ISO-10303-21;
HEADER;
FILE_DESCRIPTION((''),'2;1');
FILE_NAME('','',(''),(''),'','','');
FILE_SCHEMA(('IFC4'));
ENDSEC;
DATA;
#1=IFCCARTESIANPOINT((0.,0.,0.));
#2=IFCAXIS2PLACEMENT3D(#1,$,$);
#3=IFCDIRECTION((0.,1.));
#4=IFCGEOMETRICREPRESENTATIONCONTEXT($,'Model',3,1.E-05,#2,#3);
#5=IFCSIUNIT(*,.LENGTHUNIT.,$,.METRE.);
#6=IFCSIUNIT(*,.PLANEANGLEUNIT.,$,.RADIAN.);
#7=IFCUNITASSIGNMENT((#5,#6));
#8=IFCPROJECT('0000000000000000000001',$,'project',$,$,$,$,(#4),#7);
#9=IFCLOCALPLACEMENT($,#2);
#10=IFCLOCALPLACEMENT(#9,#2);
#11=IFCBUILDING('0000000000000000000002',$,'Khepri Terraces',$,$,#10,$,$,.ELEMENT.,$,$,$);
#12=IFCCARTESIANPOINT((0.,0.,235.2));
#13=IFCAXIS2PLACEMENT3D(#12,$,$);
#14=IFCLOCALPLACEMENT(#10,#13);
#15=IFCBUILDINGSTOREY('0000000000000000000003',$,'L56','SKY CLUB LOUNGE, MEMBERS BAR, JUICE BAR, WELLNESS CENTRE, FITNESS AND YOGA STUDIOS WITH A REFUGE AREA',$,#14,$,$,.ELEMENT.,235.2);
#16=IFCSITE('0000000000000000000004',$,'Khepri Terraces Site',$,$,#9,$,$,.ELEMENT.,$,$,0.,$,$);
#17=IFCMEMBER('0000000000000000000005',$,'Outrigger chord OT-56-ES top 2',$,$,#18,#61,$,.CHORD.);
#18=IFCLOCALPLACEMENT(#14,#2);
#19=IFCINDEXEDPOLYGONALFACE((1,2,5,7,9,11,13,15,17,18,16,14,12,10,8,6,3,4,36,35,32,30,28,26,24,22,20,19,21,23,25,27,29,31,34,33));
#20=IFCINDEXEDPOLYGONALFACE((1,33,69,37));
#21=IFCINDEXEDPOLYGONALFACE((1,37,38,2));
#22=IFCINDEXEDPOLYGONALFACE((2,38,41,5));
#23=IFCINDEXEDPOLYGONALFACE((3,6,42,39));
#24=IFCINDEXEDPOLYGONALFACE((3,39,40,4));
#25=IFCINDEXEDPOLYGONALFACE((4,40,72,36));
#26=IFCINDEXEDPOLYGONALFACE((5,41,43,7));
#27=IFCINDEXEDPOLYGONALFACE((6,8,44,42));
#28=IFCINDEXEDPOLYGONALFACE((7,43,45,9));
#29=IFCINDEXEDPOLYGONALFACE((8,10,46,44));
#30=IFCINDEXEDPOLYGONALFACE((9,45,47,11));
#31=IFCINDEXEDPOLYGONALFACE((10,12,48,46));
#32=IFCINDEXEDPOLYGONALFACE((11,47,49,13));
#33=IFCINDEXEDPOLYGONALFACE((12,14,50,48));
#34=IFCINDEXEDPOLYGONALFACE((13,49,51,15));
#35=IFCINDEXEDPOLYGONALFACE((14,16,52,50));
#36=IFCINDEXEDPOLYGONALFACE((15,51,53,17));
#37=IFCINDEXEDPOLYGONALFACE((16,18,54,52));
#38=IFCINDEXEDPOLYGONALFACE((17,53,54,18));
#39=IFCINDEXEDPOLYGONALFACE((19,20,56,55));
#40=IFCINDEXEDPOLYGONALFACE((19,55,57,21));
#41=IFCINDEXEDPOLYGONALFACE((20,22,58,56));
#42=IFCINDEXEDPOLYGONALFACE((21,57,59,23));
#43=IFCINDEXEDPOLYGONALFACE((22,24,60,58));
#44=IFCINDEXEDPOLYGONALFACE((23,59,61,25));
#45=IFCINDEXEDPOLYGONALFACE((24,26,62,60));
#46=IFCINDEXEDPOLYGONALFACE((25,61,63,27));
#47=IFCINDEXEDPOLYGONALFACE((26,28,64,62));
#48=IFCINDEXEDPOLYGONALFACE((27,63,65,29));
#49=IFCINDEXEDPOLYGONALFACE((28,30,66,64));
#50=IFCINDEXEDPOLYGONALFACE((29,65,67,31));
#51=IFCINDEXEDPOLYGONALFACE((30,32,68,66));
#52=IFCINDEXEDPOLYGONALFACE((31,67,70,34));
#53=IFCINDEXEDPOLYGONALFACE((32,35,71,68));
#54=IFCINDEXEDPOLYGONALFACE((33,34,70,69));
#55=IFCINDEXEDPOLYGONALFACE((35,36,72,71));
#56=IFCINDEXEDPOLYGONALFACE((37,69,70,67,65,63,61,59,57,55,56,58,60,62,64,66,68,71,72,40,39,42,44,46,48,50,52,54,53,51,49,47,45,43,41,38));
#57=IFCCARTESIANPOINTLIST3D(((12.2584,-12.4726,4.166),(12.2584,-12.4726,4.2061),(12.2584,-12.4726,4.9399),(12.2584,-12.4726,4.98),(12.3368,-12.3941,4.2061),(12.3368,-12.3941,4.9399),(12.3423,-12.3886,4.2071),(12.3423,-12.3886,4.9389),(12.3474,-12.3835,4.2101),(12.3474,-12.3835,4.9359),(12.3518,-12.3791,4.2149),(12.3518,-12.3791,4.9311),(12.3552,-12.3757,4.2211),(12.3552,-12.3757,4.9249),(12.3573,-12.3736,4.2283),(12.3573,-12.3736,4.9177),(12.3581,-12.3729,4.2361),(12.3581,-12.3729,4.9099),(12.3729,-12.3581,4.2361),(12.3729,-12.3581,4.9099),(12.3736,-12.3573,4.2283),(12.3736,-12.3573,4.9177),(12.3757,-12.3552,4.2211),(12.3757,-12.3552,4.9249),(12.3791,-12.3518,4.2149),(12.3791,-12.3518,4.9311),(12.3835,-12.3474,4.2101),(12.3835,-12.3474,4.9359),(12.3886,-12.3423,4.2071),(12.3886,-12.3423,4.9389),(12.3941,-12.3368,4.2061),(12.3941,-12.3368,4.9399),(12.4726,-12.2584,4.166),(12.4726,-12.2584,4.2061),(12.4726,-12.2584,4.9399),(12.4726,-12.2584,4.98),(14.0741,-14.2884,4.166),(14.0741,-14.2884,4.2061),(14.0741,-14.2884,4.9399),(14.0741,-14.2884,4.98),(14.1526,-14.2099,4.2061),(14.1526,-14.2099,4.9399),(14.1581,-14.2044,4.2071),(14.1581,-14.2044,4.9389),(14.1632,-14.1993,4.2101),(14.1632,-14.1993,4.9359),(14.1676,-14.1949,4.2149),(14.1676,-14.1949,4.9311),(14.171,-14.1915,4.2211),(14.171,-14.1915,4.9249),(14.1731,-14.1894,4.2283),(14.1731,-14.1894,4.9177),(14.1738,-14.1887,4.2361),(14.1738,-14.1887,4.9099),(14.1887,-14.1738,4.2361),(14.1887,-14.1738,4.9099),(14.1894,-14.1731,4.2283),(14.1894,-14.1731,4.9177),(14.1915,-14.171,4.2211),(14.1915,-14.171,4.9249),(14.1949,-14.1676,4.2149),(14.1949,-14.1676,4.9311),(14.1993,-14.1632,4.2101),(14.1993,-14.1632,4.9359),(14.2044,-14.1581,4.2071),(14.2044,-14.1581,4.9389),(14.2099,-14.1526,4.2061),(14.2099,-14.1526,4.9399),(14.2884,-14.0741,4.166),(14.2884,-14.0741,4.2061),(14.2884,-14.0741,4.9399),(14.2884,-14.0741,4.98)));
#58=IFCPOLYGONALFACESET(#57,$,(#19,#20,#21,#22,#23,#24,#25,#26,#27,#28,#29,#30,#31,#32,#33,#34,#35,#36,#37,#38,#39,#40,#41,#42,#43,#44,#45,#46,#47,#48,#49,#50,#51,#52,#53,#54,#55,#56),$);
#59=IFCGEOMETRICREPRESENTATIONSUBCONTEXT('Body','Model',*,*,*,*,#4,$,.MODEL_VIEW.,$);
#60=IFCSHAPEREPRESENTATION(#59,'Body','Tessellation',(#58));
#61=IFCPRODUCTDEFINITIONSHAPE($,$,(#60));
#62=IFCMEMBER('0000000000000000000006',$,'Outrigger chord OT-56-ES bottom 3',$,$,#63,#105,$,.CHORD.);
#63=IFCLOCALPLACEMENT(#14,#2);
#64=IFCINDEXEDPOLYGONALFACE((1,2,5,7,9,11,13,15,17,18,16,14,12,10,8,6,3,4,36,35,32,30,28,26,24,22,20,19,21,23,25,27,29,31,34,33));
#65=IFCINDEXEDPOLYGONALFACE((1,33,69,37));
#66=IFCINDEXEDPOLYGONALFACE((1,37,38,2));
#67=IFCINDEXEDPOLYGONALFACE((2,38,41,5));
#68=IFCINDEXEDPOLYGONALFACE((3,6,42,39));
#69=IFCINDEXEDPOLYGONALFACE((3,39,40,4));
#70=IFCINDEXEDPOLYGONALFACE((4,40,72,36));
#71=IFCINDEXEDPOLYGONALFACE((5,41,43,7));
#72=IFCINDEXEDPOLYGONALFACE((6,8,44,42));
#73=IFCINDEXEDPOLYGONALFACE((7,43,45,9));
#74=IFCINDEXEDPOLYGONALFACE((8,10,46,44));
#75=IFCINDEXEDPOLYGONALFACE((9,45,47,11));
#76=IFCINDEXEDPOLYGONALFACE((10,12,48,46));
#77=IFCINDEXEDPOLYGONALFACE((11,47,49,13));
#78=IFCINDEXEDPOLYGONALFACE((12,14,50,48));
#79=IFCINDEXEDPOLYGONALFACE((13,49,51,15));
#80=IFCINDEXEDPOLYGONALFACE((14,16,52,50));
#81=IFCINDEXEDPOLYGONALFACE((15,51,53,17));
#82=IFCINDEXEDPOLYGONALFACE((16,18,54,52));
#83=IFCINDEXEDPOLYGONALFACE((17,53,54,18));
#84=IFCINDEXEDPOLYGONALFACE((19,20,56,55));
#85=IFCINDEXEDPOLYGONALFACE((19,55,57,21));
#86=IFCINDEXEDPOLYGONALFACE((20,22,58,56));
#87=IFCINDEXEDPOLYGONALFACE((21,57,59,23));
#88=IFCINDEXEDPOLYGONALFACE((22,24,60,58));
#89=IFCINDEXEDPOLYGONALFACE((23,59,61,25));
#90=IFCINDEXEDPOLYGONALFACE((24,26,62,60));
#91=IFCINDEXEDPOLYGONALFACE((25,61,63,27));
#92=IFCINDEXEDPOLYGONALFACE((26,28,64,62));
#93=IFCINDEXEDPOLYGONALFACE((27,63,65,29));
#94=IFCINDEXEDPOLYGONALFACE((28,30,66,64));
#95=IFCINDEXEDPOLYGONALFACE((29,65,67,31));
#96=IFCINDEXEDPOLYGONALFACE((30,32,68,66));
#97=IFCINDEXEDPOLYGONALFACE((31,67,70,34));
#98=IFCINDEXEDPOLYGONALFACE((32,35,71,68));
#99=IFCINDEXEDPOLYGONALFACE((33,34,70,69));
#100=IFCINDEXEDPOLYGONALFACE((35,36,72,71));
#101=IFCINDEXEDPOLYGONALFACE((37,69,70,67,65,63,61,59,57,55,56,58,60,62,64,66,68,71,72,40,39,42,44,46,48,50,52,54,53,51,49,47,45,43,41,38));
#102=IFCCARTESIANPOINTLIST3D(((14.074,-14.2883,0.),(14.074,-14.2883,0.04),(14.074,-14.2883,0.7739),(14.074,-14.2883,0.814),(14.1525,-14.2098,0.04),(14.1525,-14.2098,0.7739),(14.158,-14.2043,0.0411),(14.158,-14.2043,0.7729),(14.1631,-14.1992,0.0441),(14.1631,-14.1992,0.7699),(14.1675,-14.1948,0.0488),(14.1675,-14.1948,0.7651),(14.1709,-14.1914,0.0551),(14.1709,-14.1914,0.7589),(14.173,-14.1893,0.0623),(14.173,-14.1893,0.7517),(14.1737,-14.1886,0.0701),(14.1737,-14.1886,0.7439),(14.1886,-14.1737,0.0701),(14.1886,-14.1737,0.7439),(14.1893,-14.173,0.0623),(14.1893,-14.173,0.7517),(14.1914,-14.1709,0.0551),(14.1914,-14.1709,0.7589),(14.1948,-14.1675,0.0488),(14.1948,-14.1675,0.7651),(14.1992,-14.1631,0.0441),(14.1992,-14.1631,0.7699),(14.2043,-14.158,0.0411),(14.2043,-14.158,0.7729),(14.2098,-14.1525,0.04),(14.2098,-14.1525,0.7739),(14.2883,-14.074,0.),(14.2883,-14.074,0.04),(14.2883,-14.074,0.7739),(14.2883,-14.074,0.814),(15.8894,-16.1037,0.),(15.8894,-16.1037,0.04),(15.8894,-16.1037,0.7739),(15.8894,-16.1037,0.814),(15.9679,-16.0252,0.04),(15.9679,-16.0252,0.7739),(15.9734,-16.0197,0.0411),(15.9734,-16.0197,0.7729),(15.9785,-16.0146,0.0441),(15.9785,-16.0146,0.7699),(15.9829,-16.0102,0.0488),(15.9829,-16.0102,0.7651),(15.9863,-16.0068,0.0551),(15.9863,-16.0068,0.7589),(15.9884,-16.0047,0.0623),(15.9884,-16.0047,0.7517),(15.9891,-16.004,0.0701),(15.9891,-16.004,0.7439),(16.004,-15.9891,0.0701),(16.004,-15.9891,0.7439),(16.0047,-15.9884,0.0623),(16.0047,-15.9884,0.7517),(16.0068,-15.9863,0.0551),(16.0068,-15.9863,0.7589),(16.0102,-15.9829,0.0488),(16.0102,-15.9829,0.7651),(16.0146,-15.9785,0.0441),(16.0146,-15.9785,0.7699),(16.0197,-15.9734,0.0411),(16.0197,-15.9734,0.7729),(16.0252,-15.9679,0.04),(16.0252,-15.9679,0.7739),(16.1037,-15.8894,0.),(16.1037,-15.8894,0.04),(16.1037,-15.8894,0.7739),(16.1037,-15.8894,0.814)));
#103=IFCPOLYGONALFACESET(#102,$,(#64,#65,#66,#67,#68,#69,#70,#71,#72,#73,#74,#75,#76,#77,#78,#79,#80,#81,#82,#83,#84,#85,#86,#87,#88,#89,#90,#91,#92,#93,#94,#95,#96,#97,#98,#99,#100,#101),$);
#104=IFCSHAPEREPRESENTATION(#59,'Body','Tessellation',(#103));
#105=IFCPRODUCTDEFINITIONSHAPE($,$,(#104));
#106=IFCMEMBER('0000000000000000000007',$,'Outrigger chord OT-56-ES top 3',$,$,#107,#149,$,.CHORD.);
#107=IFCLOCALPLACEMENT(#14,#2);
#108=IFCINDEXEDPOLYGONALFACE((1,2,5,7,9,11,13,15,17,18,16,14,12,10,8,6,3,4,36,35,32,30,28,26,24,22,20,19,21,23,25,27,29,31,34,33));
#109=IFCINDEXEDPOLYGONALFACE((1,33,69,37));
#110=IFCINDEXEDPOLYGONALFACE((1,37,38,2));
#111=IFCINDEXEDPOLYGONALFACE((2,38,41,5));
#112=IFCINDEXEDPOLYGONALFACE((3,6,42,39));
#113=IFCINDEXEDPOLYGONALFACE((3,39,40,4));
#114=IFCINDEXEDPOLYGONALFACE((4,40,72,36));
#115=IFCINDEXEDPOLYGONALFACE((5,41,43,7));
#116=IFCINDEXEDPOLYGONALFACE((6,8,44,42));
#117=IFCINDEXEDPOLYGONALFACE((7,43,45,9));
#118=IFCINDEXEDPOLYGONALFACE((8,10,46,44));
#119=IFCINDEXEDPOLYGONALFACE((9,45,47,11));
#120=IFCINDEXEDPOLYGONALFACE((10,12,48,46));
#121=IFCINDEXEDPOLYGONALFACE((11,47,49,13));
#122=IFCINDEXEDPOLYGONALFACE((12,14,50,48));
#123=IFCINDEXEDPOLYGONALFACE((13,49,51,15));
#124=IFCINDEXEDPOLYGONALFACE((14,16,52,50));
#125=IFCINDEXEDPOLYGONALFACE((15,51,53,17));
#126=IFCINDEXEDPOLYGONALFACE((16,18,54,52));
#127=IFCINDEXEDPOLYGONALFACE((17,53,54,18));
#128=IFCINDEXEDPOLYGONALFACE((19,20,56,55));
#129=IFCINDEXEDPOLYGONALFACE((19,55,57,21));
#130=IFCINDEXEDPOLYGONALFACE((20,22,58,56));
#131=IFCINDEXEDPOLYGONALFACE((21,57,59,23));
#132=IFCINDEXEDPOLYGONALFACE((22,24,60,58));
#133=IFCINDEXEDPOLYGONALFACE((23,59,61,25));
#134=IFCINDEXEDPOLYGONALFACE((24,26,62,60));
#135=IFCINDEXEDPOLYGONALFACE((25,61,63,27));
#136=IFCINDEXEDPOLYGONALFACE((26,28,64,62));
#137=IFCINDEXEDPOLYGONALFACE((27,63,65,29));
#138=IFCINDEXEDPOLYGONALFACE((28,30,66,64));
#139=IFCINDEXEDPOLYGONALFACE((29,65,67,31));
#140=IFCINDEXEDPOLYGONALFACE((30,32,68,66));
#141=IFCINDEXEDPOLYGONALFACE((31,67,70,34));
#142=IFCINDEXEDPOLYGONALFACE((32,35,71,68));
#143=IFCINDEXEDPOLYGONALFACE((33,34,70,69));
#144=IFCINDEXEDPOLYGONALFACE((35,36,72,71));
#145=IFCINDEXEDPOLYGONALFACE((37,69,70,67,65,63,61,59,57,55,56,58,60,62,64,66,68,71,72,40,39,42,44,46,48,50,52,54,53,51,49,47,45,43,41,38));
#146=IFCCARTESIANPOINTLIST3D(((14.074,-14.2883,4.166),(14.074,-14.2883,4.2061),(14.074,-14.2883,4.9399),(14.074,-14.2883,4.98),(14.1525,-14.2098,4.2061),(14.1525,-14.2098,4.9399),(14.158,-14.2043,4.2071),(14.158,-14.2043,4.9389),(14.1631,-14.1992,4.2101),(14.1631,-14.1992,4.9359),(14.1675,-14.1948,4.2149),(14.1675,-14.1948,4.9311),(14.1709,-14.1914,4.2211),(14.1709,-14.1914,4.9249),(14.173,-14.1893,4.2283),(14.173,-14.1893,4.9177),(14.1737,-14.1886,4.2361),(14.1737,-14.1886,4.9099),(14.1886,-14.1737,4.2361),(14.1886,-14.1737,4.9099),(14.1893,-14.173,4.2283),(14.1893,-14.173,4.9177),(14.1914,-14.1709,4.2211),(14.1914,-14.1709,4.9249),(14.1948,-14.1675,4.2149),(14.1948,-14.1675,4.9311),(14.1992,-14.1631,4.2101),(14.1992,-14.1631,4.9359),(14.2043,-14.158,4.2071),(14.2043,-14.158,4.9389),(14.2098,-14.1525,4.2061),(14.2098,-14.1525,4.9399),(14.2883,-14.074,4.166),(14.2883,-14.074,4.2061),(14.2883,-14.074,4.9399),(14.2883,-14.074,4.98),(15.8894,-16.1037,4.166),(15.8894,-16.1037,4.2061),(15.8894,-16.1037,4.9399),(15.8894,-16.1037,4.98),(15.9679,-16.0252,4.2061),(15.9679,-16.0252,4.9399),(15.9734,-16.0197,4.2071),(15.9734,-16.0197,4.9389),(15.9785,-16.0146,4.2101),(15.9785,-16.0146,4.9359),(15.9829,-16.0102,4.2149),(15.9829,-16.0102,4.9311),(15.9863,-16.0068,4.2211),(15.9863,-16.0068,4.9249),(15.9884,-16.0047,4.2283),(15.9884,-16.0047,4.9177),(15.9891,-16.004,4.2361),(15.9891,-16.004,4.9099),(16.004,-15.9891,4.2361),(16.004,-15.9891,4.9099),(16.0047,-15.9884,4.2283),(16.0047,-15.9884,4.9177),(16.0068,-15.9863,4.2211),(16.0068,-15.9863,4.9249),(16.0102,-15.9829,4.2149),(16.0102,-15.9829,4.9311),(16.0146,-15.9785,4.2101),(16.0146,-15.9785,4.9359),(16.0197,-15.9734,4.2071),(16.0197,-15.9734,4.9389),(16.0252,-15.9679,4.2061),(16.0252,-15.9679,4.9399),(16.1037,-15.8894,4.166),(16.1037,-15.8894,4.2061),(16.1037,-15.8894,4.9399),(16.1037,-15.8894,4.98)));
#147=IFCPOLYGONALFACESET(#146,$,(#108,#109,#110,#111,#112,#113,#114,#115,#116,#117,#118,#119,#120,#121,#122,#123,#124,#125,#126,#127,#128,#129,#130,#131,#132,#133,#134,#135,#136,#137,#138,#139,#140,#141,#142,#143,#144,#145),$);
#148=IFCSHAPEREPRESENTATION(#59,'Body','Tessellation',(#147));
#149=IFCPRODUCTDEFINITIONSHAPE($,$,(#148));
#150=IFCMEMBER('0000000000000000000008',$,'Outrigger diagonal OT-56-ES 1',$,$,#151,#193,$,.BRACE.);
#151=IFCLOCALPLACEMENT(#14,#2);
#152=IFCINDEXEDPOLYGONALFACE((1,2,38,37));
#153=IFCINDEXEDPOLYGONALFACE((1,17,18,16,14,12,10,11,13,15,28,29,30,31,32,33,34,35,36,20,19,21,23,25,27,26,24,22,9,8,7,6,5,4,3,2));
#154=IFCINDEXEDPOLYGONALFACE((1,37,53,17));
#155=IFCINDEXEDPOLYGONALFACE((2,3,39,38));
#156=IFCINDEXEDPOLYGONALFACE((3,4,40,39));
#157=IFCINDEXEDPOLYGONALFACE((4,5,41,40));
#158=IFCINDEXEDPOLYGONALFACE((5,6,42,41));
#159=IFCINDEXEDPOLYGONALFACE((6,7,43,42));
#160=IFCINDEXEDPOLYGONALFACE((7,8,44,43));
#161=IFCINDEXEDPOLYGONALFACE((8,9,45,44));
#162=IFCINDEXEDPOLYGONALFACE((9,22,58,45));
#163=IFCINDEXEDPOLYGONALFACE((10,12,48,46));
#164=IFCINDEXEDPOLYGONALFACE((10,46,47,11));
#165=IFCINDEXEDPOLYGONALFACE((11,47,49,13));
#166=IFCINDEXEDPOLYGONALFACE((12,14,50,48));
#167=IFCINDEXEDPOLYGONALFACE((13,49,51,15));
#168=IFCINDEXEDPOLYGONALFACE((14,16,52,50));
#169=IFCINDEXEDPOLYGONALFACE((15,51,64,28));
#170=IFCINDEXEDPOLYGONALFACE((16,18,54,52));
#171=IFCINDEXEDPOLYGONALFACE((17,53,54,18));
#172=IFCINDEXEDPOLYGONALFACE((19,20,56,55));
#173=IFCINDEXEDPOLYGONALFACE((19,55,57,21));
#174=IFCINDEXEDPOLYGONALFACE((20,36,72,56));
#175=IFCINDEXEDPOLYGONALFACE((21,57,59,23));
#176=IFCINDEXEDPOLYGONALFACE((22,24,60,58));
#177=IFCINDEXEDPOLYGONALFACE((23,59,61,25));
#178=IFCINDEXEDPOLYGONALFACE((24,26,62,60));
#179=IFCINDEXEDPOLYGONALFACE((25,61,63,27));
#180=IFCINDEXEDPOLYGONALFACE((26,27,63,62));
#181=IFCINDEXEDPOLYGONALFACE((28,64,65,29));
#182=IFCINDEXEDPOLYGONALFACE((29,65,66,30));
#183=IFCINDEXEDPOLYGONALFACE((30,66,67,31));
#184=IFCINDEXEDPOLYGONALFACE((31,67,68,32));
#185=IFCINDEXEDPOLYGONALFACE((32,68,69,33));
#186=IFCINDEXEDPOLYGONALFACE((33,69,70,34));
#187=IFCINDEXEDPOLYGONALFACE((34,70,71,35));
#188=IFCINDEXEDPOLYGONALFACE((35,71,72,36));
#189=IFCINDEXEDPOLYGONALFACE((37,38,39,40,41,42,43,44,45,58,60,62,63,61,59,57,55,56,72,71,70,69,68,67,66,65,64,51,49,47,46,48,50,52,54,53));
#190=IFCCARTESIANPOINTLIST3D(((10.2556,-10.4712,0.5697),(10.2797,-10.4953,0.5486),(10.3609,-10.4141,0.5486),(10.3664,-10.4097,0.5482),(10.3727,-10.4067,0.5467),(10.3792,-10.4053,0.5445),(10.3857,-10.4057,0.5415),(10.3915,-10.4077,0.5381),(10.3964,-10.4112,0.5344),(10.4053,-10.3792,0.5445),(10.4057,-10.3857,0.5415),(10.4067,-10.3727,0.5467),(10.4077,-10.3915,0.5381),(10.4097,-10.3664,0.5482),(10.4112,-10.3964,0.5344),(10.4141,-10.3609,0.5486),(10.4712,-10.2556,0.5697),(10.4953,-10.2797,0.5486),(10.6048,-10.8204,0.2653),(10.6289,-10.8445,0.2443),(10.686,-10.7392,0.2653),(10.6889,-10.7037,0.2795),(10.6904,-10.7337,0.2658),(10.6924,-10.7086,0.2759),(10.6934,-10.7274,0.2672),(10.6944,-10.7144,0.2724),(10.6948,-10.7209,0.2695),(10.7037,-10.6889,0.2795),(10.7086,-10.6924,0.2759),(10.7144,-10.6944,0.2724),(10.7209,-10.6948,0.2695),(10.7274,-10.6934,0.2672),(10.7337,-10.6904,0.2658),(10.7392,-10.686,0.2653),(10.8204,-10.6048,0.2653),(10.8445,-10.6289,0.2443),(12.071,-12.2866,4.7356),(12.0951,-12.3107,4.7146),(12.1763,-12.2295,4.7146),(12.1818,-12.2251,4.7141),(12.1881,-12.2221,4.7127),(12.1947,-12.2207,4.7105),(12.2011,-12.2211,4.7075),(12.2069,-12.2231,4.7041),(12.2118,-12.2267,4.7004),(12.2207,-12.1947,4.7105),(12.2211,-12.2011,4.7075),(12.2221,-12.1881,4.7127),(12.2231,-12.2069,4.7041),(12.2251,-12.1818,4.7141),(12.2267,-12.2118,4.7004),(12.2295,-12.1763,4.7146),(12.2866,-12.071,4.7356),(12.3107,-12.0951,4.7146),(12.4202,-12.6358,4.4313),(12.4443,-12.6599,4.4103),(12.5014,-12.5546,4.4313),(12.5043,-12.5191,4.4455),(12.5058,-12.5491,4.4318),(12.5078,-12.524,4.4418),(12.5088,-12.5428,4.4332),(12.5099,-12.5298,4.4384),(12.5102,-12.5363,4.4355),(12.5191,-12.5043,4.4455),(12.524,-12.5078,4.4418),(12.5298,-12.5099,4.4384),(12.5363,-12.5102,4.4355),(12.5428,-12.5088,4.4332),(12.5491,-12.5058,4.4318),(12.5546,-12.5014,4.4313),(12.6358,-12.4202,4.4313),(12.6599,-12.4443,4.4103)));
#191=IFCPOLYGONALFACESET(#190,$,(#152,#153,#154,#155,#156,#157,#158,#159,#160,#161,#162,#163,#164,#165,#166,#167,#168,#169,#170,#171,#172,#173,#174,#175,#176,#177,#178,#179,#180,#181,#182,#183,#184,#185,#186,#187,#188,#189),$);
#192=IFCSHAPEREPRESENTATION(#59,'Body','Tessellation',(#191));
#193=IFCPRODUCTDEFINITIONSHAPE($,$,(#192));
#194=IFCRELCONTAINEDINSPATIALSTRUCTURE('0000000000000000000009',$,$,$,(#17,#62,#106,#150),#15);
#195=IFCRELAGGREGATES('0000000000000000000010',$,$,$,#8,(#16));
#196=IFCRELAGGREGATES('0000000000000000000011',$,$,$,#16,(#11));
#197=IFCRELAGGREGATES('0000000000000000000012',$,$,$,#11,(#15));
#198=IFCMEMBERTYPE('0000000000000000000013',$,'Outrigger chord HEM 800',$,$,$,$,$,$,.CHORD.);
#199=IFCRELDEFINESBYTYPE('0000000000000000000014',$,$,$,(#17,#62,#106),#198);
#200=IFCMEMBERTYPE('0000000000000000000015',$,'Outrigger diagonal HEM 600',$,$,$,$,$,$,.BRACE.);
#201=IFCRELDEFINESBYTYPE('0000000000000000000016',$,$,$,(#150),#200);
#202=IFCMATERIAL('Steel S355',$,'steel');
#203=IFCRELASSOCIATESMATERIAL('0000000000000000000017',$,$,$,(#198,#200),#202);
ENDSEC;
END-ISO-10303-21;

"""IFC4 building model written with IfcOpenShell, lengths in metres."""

from ifc_helpers import new_model, si_unit, direction, frame, origin, origin_2d, place, context, subcontext, project, spatial, i_section, extrude, material, material_profile, profile_set, type_object, element, save


model = new_model("IFC4")

# Units and contexts
model_context = context("Model", 3, precision=1e-05, world=origin(), true_north=direction((0.0, 1.0)))
body_context = subcontext(model_context, "Body", "Model", "MODEL_VIEW")
ifc_project = project(units=[si_unit("LENGTHUNIT", "METRE"), si_unit("PLANEANGLEUNIT", "RADIAN")], contexts=[model_context])

# Site, building, storey
site_placement = place(None, origin())
site = spatial("IfcSite", under=ifc_project, at=site_placement, Name="Khepri Terraces Site", CompositionType="ELEMENT", RefElevation=0.0)
building_placement = place(site_placement, origin())
building = spatial("IfcBuilding", under=site, at=building_placement, Name="Khepri Terraces", CompositionType="ELEMENT")
storey_placement = place(building_placement, frame((0.0, 0.0, 235.2)))
storey = spatial("IfcBuildingStorey", under=building, at=storey_placement, Name="L56", Description="SKY CLUB LOUNGE, MEMBERS BAR, JUICE BAR, WELLNESS CENTRE, FITNESS AND YOGA STUDIOS WITH A REFUGE AREA", CompositionType="ELEMENT", Elevation=235.2)

# Members
ifc_material_1 = material(Name="Steel S355", Category="steel")
ifc_material_profile_1 = material_profile(ifc_material_1, i_section(OverallWidth=0.303, OverallDepth=0.814, WebThickness=0.021, FlangeThickness=0.04, FilletRadius=0.03, at=origin_2d()), Name="Steel S355", Category="steel")
ifc_profile_set_1 = profile_set([ifc_material_profile_1], Name="Steel S355")
member_type_1 = type_object("IfcMemberType", Name="Outrigger chord HEM 800", PredefinedType="CHORD", material=ifc_profile_set_1)
for number, where, z_axis, x_axis, name in (
    (1, (12.3655, -12.3655, 4.573), (0.707107, -0.707107, 0.0), (0.707107, 0.707107, 0.0), "Outrigger chord OT-56-ES top 2"),
):
    element("IfcMember", number, at=place(storey_placement, frame(where, z_axis=z_axis, x_axis=x_axis)), inside=storey, type_object=member_type_1, Name=name, PredefinedType="CHORD", context=body_context, shape_type="SweptSolid", body=[
        extrude(i_section(OverallWidth=0.303, OverallDepth=0.814, WebThickness=0.021, FlangeThickness=0.04, FilletRadius=0.03, at=origin_2d()), origin(), (0.0, 0.0, 1.0), 2.5679),
    ])
for number, where, z_axis, x_axis, name in (
    (2, (14.1812, -14.1812, 0.407), (0.707107, -0.707107, 0.0), (0.707107, 0.707107, 0.0), "Outrigger chord OT-56-ES bottom 3"),
    (3, (14.1812, -14.1812, 4.573), (0.707107, -0.707107, 0.0), (0.707107, 0.707107, 0.0), "Outrigger chord OT-56-ES top 3"),
):
    element("IfcMember", number, at=place(storey_placement, frame(where, z_axis=z_axis, x_axis=x_axis)), inside=storey, type_object=member_type_1, Name=name, PredefinedType="CHORD", context=body_context, shape_type="SweptSolid", body=[
        extrude(i_section(OverallWidth=0.303, OverallDepth=0.814, WebThickness=0.021, FlangeThickness=0.04, FilletRadius=0.03, at=origin_2d()), origin(), (0.0, 0.0, 1.0), 2.5674),
    ])
ifc_material_profile_2 = material_profile(ifc_material_1, i_section(OverallWidth=0.3049, OverallDepth=0.6201, WebThickness=0.021, FlangeThickness=0.04, FilletRadius=0.0271, at=origin_2d()), Name="Steel S355", Category="steel")
ifc_profile_set_2 = profile_set([ifc_material_profile_2], Name="Steel S355")
member_type_2 = type_object("IfcMemberType", Name="Outrigger diagonal HEM 600", PredefinedType="BRACE", material=ifc_profile_set_2)
member_1_placement = place(storey_placement, frame((10.55, -10.55, 0.407), z_axis=(0.370981, -0.370981, 0.85132), x_axis=(0.707107, 0.707107, 0.0)))
element("IfcMember", 4, at=member_1_placement, inside=storey, type_object=member_type_2, Name="Outrigger diagonal OT-56-ES 1", PredefinedType="BRACE", context=body_context, shape_type="SweptSolid", body=[
    extrude(i_section(OverallWidth=0.3049, OverallDepth=0.6201, WebThickness=0.021, FlangeThickness=0.04, FilletRadius=0.0271, at=origin_2d()), origin(), (0.0, 0.0, 1.0), 4.8936),
])

save(model, "model.ifc")
